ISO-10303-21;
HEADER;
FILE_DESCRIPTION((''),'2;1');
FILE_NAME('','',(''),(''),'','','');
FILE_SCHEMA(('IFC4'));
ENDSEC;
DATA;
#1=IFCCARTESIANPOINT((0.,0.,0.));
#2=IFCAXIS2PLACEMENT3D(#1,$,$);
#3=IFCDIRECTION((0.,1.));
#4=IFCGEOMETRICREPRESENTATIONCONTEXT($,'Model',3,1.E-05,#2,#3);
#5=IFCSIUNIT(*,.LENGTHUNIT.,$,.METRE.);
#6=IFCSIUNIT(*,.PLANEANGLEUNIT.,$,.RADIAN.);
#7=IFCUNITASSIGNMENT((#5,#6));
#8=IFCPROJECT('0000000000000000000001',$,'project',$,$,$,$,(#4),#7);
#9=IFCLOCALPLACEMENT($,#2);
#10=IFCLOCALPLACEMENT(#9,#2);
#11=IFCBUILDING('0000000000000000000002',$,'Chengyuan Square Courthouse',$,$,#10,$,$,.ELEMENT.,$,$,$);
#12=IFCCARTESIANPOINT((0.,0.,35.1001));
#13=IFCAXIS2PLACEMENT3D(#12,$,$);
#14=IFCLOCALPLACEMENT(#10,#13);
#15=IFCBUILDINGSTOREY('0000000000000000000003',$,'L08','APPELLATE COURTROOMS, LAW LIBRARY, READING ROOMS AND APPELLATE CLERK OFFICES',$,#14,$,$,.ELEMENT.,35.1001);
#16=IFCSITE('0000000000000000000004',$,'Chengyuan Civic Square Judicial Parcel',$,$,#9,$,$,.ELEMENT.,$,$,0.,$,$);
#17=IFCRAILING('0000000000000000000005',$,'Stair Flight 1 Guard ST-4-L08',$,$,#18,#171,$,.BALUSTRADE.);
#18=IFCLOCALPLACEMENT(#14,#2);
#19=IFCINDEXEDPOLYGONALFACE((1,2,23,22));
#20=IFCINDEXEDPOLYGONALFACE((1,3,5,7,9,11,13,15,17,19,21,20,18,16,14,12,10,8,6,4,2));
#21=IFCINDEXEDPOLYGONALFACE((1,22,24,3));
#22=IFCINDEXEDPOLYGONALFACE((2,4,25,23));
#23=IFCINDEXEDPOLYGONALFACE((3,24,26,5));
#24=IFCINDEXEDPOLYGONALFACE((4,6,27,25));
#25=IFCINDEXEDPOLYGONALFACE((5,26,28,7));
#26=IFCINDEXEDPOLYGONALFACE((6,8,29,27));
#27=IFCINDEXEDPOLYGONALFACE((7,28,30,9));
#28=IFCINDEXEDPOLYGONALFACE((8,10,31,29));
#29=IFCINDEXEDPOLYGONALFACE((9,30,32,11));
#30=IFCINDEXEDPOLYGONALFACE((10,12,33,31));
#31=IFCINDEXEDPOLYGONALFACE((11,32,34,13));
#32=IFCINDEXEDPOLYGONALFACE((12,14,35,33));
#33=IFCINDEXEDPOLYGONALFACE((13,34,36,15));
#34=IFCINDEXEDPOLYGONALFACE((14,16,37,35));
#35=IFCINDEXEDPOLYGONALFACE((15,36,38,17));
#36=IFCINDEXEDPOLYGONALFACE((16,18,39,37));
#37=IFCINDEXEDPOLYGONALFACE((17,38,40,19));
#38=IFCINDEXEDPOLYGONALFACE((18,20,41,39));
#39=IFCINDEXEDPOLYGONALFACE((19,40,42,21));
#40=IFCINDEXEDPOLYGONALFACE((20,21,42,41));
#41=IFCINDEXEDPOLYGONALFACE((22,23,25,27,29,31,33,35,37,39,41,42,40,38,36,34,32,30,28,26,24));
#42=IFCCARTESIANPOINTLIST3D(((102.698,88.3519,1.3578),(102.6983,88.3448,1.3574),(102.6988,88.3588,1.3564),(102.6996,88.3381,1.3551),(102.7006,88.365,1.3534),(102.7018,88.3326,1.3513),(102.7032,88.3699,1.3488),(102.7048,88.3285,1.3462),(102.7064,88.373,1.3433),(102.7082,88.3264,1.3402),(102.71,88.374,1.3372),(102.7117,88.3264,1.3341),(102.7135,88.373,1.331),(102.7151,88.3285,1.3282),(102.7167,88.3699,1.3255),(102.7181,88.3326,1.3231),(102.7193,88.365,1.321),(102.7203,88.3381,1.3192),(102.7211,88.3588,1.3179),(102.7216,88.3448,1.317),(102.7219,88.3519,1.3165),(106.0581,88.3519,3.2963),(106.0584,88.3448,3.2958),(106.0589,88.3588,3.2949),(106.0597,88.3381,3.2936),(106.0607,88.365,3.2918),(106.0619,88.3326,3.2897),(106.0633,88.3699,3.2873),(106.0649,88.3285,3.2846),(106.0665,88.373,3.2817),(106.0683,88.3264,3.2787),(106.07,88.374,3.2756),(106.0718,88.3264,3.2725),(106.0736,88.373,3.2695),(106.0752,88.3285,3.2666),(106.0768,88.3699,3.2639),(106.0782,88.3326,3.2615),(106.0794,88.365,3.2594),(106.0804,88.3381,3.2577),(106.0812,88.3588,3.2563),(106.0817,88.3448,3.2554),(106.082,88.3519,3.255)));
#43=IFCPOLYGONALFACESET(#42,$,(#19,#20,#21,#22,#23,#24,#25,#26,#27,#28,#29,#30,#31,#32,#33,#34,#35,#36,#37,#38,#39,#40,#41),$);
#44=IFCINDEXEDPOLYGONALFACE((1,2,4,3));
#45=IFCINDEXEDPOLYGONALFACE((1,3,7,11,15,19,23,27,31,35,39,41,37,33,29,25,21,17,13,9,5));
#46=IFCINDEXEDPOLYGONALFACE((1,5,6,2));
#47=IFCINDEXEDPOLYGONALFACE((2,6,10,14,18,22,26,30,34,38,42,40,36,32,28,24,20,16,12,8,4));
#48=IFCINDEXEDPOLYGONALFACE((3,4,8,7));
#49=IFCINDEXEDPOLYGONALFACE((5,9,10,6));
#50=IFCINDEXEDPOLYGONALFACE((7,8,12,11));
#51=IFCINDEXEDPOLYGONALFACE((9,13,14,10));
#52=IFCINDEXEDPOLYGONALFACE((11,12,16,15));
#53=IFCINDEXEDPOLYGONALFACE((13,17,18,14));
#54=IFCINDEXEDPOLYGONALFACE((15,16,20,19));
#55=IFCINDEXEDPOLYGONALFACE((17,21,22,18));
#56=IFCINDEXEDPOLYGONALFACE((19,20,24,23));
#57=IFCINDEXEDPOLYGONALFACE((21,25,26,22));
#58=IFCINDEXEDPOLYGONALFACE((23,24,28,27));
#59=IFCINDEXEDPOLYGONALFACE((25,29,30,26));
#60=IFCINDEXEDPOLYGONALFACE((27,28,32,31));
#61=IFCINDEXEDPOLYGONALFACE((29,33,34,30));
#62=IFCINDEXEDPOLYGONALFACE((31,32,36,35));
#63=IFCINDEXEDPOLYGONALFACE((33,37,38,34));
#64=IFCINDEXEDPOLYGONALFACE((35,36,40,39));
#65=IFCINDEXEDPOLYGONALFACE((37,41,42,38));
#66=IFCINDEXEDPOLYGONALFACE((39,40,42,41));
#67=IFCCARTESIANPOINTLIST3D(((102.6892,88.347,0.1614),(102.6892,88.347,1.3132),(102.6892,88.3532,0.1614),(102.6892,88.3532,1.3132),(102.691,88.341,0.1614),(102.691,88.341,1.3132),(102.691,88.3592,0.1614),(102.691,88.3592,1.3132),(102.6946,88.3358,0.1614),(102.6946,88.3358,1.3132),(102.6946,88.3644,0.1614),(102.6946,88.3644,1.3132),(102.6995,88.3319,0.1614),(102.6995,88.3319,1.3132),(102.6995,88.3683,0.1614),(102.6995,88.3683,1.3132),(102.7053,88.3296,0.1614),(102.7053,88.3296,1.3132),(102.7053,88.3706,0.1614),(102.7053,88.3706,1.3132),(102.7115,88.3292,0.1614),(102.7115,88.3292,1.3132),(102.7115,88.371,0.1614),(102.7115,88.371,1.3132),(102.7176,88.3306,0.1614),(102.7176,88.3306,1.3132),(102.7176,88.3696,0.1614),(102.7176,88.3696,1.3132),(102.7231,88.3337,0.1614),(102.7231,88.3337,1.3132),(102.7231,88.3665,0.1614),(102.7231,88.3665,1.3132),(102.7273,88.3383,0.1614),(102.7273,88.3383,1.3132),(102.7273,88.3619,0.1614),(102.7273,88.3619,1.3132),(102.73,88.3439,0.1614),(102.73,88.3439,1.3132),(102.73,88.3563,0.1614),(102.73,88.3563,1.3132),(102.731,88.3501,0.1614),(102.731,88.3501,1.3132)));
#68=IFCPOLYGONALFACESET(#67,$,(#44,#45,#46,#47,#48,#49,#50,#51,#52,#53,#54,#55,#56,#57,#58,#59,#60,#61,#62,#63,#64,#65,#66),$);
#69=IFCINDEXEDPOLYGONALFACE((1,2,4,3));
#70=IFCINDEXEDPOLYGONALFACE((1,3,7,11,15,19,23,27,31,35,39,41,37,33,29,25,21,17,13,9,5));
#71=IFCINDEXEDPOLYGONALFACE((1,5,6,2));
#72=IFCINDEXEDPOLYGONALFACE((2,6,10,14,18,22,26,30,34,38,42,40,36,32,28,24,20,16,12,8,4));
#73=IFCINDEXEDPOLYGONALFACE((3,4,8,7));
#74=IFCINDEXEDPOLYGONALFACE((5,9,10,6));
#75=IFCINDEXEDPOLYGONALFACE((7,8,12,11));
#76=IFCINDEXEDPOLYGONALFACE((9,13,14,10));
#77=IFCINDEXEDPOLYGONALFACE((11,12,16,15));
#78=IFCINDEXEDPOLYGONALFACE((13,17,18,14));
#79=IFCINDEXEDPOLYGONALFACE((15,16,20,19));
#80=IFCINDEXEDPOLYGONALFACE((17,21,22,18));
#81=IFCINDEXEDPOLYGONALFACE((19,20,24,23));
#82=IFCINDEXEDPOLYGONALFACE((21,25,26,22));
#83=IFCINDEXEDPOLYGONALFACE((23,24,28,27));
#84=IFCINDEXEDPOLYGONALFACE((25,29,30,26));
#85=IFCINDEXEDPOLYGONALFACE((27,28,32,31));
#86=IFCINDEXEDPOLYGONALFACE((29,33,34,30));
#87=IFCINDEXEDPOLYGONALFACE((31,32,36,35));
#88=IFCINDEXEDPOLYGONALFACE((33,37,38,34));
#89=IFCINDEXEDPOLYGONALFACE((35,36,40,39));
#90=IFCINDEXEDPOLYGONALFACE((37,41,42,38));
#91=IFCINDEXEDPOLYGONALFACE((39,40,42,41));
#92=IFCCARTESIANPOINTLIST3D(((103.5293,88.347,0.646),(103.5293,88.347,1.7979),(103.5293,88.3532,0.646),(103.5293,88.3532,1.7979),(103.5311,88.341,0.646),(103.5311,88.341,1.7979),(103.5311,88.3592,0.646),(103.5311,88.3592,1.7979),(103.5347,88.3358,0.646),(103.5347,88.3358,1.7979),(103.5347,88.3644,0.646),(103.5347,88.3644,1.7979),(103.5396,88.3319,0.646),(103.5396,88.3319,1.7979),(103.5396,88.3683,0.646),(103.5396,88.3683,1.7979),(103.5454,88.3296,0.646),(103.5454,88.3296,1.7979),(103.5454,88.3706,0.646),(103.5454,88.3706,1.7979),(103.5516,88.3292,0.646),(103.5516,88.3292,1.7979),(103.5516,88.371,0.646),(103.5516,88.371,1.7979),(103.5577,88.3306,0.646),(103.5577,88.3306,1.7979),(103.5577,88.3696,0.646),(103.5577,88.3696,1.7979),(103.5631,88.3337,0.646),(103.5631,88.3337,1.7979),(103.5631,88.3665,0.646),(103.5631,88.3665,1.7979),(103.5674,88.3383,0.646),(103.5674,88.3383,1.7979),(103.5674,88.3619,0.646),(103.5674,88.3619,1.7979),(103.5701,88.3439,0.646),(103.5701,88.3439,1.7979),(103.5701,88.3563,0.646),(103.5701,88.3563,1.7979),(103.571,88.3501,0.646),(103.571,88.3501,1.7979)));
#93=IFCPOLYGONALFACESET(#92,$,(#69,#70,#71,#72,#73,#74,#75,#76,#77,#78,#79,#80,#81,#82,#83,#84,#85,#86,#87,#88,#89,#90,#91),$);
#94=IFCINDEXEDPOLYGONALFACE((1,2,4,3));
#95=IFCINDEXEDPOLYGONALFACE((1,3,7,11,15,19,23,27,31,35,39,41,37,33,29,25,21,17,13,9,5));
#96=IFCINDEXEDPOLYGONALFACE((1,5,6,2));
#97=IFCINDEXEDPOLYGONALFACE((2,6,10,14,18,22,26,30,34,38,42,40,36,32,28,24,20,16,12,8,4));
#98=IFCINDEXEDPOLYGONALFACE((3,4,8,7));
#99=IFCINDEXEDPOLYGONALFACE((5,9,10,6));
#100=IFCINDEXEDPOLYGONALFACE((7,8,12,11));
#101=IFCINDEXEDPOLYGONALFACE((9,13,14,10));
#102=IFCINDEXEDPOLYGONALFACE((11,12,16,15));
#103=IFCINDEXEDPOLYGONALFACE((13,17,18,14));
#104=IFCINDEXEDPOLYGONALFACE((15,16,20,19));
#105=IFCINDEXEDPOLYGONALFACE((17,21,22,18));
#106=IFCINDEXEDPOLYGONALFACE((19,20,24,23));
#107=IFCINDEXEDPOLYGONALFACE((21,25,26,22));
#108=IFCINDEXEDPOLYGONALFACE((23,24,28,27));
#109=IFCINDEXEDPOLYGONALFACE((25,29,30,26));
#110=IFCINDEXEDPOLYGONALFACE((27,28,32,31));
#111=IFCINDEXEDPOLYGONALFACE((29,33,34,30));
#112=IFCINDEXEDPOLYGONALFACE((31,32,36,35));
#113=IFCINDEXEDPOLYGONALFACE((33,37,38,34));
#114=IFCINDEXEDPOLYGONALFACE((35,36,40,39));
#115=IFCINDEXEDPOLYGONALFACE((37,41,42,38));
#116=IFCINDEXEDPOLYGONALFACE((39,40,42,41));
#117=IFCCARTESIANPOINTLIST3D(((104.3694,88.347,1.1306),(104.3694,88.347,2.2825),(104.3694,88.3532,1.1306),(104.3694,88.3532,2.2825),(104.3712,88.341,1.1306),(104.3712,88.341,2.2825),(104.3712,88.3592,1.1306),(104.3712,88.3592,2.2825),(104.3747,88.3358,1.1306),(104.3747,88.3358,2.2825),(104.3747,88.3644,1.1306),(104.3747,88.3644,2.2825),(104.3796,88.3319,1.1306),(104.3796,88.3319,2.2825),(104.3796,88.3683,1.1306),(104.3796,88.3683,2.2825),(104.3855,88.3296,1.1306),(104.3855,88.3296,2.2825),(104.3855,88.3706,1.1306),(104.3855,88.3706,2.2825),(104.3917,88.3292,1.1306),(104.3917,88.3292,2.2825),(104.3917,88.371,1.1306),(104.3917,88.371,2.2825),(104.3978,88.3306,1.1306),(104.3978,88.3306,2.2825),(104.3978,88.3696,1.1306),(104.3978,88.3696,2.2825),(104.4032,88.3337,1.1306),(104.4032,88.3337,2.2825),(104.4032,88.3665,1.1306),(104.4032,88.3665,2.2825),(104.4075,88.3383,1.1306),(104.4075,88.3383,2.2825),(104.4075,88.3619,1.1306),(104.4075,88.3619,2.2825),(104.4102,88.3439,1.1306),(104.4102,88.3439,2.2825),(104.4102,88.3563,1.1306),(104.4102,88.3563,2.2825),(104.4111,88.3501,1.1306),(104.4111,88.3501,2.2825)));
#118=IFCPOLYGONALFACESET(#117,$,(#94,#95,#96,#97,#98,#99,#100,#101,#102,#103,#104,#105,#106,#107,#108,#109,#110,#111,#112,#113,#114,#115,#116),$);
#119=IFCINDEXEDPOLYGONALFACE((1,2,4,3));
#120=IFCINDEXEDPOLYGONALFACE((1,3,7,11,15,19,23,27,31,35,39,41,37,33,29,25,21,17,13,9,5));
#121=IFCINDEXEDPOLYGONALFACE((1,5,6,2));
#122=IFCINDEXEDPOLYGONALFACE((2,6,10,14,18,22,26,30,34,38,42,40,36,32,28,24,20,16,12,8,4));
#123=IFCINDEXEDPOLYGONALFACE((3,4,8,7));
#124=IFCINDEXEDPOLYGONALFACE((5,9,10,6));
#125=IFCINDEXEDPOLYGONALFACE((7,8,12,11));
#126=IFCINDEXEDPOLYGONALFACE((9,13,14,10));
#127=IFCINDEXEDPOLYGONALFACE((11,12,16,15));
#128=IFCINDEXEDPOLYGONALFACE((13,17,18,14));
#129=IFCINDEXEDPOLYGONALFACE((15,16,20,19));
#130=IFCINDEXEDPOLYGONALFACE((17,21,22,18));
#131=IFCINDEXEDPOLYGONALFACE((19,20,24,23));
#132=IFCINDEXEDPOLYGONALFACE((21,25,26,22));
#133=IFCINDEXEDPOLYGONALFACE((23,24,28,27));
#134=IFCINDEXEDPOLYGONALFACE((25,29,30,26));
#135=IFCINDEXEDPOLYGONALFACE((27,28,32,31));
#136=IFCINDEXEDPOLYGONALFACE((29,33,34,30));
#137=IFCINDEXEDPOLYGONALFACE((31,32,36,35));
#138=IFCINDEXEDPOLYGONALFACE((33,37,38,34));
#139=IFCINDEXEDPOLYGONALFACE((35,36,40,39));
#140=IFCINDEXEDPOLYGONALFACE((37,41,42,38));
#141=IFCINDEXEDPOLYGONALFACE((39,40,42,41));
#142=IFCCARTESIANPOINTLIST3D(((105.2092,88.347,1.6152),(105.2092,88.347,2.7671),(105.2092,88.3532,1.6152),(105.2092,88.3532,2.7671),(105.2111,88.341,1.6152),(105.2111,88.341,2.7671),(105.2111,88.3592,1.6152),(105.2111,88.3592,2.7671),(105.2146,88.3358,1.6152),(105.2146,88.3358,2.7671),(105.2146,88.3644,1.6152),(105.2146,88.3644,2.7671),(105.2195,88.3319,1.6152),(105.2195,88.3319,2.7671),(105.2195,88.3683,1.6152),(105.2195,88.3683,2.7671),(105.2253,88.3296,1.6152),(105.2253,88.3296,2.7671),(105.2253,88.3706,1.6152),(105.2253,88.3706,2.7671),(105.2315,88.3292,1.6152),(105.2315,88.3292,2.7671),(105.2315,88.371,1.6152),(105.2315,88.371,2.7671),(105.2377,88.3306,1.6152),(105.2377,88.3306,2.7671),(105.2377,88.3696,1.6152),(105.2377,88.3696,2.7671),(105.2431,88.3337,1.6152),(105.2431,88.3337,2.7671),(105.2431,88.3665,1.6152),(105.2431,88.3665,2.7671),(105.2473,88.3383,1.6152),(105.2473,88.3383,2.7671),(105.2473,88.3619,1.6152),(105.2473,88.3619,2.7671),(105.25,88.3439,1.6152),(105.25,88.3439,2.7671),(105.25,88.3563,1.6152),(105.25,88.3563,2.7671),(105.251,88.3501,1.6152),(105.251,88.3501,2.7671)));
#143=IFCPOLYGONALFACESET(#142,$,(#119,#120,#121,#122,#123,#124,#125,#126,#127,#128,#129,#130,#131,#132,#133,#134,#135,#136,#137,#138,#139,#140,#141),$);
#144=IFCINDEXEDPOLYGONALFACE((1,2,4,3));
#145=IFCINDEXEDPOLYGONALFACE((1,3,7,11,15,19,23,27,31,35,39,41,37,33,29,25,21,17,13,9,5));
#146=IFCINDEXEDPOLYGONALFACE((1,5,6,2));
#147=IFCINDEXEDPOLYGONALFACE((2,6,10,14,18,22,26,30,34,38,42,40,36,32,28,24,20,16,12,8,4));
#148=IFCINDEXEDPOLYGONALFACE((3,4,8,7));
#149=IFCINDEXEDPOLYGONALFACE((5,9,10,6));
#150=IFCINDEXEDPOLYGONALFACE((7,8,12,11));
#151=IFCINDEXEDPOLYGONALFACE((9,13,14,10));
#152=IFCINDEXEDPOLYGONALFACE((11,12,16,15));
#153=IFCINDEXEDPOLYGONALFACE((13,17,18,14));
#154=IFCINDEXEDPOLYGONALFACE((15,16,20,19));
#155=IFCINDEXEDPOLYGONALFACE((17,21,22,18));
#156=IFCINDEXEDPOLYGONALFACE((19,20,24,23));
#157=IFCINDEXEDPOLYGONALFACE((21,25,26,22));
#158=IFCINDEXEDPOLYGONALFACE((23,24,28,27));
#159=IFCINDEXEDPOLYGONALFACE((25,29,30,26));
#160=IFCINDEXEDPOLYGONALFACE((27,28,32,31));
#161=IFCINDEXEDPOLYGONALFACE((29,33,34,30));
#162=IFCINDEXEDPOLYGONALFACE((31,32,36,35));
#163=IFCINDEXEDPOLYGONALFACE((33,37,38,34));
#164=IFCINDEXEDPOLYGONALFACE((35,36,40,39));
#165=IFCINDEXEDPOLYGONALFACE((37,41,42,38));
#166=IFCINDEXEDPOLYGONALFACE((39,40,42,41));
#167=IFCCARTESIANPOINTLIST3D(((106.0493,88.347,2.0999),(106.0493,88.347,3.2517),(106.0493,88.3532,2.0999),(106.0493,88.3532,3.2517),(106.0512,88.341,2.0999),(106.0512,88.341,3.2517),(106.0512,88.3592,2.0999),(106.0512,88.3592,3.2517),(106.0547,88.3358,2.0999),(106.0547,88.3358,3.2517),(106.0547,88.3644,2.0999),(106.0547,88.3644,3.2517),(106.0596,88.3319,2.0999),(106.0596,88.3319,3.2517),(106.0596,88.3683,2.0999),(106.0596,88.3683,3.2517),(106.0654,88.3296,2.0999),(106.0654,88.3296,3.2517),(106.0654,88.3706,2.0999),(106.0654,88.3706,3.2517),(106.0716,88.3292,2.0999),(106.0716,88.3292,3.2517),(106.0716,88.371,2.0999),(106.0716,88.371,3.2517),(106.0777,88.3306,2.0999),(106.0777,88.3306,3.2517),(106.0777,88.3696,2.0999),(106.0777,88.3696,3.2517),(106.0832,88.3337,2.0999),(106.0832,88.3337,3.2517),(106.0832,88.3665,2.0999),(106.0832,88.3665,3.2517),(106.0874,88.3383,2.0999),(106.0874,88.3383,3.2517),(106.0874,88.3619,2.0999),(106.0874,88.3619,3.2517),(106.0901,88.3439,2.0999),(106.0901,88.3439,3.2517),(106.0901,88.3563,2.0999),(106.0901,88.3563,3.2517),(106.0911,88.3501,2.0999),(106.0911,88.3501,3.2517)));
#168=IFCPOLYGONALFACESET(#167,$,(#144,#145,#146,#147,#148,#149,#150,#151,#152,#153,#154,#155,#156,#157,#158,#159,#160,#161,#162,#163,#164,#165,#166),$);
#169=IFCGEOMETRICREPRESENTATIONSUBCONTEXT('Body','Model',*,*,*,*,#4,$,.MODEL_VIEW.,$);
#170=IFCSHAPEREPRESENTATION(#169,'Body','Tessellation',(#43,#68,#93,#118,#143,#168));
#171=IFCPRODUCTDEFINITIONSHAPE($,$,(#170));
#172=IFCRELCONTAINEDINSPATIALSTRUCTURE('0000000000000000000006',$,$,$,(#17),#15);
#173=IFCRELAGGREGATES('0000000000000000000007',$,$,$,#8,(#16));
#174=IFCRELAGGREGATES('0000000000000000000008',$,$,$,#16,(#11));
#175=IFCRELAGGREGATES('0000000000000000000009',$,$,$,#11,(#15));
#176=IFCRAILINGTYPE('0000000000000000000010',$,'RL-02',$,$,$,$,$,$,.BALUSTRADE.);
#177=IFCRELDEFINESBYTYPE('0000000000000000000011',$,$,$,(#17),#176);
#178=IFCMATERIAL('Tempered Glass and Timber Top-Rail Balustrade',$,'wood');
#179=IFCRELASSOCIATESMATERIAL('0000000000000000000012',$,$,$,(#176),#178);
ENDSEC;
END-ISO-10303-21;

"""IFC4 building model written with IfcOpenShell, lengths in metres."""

from ifc_helpers import new_model, si_unit, direction, frame, origin, origin_2d, place, context, subcontext, project, spatial, circle, extrude, material, type_object, element, save


model = new_model("IFC4")

# Units and contexts
model_context = context("Model", 3, precision=1e-05, world=origin(), true_north=direction((0.0, 1.0)))
body_context = subcontext(model_context, "Body", "Model", "MODEL_VIEW")
ifc_project = project(units=[si_unit("LENGTHUNIT", "METRE"), si_unit("PLANEANGLEUNIT", "RADIAN")], contexts=[model_context])

# Site, building, storey
site_placement = place(None, origin())
site = spatial("IfcSite", under=ifc_project, at=site_placement, Name="Chengyuan Civic Square Judicial Parcel", CompositionType="ELEMENT", RefElevation=0.0)
building_placement = place(site_placement, origin())
building = spatial("IfcBuilding", under=site, at=building_placement, Name="Chengyuan Square Courthouse", CompositionType="ELEMENT")
storey_placement = place(building_placement, frame((0.0, 0.0, 35.1001)))
storey = spatial("IfcBuildingStorey", under=building, at=storey_placement, Name="L08", Description="APPELLATE COURTROOMS, LAW LIBRARY, READING ROOMS AND APPELLATE CLERK OFFICES", CompositionType="ELEMENT", Elevation=35.1001)

# Railing
ifc_material_1 = material(Name="Tempered Glass and Timber Top-Rail Balustrade", Category="wood")
railing_type_1 = type_object("IfcRailingType", Name="RL-02", PredefinedType="BALUSTRADE", material=ifc_material_1)
railing_1_placement = place(storey_placement, frame((102.71, 88.3501, 0.1614)))
element("IfcRailing", 1, at=railing_1_placement, inside=storey, type_object=railing_type_1, Name="Stair Flight 1 Guard ST-4-L08", PredefinedType="BALUSTRADE", context=body_context, shape_type="SweptSolid", body=[
    extrude(circle(Radius=0.0239, at=origin_2d()), frame((0.0, 0.0, 1.1758), z_axis=(0.866191, 0.0, 0.499713), x_axis=(0.0, 1.0, 0.0)), (0.0, 0.0, 1.0), 3.8792),
    extrude(circle(Radius=0.021, at=origin_2d()), origin(), (0.0, 0.0, 1.0), 1.1519),
    extrude(circle(Radius=0.021, at=origin_2d()), frame((0.8401, 0.0, 0.4846)), (0.0, 0.0, 1.0), 1.1519),
    extrude(circle(Radius=0.021, at=origin_2d()), frame((1.6802, 0.0, 0.9692)), (0.0, 0.0, 1.0), 1.1519),
    extrude(circle(Radius=0.021, at=origin_2d()), frame((2.52, 0.0, 1.4539)), (0.0, 0.0, 1.0), 1.1519),
    extrude(circle(Radius=0.021, at=origin_2d()), frame((3.3601, 0.0, 1.9385)), (0.0, 0.0, 1.0), 1.1519),
])

save(model, "model.ifc")
